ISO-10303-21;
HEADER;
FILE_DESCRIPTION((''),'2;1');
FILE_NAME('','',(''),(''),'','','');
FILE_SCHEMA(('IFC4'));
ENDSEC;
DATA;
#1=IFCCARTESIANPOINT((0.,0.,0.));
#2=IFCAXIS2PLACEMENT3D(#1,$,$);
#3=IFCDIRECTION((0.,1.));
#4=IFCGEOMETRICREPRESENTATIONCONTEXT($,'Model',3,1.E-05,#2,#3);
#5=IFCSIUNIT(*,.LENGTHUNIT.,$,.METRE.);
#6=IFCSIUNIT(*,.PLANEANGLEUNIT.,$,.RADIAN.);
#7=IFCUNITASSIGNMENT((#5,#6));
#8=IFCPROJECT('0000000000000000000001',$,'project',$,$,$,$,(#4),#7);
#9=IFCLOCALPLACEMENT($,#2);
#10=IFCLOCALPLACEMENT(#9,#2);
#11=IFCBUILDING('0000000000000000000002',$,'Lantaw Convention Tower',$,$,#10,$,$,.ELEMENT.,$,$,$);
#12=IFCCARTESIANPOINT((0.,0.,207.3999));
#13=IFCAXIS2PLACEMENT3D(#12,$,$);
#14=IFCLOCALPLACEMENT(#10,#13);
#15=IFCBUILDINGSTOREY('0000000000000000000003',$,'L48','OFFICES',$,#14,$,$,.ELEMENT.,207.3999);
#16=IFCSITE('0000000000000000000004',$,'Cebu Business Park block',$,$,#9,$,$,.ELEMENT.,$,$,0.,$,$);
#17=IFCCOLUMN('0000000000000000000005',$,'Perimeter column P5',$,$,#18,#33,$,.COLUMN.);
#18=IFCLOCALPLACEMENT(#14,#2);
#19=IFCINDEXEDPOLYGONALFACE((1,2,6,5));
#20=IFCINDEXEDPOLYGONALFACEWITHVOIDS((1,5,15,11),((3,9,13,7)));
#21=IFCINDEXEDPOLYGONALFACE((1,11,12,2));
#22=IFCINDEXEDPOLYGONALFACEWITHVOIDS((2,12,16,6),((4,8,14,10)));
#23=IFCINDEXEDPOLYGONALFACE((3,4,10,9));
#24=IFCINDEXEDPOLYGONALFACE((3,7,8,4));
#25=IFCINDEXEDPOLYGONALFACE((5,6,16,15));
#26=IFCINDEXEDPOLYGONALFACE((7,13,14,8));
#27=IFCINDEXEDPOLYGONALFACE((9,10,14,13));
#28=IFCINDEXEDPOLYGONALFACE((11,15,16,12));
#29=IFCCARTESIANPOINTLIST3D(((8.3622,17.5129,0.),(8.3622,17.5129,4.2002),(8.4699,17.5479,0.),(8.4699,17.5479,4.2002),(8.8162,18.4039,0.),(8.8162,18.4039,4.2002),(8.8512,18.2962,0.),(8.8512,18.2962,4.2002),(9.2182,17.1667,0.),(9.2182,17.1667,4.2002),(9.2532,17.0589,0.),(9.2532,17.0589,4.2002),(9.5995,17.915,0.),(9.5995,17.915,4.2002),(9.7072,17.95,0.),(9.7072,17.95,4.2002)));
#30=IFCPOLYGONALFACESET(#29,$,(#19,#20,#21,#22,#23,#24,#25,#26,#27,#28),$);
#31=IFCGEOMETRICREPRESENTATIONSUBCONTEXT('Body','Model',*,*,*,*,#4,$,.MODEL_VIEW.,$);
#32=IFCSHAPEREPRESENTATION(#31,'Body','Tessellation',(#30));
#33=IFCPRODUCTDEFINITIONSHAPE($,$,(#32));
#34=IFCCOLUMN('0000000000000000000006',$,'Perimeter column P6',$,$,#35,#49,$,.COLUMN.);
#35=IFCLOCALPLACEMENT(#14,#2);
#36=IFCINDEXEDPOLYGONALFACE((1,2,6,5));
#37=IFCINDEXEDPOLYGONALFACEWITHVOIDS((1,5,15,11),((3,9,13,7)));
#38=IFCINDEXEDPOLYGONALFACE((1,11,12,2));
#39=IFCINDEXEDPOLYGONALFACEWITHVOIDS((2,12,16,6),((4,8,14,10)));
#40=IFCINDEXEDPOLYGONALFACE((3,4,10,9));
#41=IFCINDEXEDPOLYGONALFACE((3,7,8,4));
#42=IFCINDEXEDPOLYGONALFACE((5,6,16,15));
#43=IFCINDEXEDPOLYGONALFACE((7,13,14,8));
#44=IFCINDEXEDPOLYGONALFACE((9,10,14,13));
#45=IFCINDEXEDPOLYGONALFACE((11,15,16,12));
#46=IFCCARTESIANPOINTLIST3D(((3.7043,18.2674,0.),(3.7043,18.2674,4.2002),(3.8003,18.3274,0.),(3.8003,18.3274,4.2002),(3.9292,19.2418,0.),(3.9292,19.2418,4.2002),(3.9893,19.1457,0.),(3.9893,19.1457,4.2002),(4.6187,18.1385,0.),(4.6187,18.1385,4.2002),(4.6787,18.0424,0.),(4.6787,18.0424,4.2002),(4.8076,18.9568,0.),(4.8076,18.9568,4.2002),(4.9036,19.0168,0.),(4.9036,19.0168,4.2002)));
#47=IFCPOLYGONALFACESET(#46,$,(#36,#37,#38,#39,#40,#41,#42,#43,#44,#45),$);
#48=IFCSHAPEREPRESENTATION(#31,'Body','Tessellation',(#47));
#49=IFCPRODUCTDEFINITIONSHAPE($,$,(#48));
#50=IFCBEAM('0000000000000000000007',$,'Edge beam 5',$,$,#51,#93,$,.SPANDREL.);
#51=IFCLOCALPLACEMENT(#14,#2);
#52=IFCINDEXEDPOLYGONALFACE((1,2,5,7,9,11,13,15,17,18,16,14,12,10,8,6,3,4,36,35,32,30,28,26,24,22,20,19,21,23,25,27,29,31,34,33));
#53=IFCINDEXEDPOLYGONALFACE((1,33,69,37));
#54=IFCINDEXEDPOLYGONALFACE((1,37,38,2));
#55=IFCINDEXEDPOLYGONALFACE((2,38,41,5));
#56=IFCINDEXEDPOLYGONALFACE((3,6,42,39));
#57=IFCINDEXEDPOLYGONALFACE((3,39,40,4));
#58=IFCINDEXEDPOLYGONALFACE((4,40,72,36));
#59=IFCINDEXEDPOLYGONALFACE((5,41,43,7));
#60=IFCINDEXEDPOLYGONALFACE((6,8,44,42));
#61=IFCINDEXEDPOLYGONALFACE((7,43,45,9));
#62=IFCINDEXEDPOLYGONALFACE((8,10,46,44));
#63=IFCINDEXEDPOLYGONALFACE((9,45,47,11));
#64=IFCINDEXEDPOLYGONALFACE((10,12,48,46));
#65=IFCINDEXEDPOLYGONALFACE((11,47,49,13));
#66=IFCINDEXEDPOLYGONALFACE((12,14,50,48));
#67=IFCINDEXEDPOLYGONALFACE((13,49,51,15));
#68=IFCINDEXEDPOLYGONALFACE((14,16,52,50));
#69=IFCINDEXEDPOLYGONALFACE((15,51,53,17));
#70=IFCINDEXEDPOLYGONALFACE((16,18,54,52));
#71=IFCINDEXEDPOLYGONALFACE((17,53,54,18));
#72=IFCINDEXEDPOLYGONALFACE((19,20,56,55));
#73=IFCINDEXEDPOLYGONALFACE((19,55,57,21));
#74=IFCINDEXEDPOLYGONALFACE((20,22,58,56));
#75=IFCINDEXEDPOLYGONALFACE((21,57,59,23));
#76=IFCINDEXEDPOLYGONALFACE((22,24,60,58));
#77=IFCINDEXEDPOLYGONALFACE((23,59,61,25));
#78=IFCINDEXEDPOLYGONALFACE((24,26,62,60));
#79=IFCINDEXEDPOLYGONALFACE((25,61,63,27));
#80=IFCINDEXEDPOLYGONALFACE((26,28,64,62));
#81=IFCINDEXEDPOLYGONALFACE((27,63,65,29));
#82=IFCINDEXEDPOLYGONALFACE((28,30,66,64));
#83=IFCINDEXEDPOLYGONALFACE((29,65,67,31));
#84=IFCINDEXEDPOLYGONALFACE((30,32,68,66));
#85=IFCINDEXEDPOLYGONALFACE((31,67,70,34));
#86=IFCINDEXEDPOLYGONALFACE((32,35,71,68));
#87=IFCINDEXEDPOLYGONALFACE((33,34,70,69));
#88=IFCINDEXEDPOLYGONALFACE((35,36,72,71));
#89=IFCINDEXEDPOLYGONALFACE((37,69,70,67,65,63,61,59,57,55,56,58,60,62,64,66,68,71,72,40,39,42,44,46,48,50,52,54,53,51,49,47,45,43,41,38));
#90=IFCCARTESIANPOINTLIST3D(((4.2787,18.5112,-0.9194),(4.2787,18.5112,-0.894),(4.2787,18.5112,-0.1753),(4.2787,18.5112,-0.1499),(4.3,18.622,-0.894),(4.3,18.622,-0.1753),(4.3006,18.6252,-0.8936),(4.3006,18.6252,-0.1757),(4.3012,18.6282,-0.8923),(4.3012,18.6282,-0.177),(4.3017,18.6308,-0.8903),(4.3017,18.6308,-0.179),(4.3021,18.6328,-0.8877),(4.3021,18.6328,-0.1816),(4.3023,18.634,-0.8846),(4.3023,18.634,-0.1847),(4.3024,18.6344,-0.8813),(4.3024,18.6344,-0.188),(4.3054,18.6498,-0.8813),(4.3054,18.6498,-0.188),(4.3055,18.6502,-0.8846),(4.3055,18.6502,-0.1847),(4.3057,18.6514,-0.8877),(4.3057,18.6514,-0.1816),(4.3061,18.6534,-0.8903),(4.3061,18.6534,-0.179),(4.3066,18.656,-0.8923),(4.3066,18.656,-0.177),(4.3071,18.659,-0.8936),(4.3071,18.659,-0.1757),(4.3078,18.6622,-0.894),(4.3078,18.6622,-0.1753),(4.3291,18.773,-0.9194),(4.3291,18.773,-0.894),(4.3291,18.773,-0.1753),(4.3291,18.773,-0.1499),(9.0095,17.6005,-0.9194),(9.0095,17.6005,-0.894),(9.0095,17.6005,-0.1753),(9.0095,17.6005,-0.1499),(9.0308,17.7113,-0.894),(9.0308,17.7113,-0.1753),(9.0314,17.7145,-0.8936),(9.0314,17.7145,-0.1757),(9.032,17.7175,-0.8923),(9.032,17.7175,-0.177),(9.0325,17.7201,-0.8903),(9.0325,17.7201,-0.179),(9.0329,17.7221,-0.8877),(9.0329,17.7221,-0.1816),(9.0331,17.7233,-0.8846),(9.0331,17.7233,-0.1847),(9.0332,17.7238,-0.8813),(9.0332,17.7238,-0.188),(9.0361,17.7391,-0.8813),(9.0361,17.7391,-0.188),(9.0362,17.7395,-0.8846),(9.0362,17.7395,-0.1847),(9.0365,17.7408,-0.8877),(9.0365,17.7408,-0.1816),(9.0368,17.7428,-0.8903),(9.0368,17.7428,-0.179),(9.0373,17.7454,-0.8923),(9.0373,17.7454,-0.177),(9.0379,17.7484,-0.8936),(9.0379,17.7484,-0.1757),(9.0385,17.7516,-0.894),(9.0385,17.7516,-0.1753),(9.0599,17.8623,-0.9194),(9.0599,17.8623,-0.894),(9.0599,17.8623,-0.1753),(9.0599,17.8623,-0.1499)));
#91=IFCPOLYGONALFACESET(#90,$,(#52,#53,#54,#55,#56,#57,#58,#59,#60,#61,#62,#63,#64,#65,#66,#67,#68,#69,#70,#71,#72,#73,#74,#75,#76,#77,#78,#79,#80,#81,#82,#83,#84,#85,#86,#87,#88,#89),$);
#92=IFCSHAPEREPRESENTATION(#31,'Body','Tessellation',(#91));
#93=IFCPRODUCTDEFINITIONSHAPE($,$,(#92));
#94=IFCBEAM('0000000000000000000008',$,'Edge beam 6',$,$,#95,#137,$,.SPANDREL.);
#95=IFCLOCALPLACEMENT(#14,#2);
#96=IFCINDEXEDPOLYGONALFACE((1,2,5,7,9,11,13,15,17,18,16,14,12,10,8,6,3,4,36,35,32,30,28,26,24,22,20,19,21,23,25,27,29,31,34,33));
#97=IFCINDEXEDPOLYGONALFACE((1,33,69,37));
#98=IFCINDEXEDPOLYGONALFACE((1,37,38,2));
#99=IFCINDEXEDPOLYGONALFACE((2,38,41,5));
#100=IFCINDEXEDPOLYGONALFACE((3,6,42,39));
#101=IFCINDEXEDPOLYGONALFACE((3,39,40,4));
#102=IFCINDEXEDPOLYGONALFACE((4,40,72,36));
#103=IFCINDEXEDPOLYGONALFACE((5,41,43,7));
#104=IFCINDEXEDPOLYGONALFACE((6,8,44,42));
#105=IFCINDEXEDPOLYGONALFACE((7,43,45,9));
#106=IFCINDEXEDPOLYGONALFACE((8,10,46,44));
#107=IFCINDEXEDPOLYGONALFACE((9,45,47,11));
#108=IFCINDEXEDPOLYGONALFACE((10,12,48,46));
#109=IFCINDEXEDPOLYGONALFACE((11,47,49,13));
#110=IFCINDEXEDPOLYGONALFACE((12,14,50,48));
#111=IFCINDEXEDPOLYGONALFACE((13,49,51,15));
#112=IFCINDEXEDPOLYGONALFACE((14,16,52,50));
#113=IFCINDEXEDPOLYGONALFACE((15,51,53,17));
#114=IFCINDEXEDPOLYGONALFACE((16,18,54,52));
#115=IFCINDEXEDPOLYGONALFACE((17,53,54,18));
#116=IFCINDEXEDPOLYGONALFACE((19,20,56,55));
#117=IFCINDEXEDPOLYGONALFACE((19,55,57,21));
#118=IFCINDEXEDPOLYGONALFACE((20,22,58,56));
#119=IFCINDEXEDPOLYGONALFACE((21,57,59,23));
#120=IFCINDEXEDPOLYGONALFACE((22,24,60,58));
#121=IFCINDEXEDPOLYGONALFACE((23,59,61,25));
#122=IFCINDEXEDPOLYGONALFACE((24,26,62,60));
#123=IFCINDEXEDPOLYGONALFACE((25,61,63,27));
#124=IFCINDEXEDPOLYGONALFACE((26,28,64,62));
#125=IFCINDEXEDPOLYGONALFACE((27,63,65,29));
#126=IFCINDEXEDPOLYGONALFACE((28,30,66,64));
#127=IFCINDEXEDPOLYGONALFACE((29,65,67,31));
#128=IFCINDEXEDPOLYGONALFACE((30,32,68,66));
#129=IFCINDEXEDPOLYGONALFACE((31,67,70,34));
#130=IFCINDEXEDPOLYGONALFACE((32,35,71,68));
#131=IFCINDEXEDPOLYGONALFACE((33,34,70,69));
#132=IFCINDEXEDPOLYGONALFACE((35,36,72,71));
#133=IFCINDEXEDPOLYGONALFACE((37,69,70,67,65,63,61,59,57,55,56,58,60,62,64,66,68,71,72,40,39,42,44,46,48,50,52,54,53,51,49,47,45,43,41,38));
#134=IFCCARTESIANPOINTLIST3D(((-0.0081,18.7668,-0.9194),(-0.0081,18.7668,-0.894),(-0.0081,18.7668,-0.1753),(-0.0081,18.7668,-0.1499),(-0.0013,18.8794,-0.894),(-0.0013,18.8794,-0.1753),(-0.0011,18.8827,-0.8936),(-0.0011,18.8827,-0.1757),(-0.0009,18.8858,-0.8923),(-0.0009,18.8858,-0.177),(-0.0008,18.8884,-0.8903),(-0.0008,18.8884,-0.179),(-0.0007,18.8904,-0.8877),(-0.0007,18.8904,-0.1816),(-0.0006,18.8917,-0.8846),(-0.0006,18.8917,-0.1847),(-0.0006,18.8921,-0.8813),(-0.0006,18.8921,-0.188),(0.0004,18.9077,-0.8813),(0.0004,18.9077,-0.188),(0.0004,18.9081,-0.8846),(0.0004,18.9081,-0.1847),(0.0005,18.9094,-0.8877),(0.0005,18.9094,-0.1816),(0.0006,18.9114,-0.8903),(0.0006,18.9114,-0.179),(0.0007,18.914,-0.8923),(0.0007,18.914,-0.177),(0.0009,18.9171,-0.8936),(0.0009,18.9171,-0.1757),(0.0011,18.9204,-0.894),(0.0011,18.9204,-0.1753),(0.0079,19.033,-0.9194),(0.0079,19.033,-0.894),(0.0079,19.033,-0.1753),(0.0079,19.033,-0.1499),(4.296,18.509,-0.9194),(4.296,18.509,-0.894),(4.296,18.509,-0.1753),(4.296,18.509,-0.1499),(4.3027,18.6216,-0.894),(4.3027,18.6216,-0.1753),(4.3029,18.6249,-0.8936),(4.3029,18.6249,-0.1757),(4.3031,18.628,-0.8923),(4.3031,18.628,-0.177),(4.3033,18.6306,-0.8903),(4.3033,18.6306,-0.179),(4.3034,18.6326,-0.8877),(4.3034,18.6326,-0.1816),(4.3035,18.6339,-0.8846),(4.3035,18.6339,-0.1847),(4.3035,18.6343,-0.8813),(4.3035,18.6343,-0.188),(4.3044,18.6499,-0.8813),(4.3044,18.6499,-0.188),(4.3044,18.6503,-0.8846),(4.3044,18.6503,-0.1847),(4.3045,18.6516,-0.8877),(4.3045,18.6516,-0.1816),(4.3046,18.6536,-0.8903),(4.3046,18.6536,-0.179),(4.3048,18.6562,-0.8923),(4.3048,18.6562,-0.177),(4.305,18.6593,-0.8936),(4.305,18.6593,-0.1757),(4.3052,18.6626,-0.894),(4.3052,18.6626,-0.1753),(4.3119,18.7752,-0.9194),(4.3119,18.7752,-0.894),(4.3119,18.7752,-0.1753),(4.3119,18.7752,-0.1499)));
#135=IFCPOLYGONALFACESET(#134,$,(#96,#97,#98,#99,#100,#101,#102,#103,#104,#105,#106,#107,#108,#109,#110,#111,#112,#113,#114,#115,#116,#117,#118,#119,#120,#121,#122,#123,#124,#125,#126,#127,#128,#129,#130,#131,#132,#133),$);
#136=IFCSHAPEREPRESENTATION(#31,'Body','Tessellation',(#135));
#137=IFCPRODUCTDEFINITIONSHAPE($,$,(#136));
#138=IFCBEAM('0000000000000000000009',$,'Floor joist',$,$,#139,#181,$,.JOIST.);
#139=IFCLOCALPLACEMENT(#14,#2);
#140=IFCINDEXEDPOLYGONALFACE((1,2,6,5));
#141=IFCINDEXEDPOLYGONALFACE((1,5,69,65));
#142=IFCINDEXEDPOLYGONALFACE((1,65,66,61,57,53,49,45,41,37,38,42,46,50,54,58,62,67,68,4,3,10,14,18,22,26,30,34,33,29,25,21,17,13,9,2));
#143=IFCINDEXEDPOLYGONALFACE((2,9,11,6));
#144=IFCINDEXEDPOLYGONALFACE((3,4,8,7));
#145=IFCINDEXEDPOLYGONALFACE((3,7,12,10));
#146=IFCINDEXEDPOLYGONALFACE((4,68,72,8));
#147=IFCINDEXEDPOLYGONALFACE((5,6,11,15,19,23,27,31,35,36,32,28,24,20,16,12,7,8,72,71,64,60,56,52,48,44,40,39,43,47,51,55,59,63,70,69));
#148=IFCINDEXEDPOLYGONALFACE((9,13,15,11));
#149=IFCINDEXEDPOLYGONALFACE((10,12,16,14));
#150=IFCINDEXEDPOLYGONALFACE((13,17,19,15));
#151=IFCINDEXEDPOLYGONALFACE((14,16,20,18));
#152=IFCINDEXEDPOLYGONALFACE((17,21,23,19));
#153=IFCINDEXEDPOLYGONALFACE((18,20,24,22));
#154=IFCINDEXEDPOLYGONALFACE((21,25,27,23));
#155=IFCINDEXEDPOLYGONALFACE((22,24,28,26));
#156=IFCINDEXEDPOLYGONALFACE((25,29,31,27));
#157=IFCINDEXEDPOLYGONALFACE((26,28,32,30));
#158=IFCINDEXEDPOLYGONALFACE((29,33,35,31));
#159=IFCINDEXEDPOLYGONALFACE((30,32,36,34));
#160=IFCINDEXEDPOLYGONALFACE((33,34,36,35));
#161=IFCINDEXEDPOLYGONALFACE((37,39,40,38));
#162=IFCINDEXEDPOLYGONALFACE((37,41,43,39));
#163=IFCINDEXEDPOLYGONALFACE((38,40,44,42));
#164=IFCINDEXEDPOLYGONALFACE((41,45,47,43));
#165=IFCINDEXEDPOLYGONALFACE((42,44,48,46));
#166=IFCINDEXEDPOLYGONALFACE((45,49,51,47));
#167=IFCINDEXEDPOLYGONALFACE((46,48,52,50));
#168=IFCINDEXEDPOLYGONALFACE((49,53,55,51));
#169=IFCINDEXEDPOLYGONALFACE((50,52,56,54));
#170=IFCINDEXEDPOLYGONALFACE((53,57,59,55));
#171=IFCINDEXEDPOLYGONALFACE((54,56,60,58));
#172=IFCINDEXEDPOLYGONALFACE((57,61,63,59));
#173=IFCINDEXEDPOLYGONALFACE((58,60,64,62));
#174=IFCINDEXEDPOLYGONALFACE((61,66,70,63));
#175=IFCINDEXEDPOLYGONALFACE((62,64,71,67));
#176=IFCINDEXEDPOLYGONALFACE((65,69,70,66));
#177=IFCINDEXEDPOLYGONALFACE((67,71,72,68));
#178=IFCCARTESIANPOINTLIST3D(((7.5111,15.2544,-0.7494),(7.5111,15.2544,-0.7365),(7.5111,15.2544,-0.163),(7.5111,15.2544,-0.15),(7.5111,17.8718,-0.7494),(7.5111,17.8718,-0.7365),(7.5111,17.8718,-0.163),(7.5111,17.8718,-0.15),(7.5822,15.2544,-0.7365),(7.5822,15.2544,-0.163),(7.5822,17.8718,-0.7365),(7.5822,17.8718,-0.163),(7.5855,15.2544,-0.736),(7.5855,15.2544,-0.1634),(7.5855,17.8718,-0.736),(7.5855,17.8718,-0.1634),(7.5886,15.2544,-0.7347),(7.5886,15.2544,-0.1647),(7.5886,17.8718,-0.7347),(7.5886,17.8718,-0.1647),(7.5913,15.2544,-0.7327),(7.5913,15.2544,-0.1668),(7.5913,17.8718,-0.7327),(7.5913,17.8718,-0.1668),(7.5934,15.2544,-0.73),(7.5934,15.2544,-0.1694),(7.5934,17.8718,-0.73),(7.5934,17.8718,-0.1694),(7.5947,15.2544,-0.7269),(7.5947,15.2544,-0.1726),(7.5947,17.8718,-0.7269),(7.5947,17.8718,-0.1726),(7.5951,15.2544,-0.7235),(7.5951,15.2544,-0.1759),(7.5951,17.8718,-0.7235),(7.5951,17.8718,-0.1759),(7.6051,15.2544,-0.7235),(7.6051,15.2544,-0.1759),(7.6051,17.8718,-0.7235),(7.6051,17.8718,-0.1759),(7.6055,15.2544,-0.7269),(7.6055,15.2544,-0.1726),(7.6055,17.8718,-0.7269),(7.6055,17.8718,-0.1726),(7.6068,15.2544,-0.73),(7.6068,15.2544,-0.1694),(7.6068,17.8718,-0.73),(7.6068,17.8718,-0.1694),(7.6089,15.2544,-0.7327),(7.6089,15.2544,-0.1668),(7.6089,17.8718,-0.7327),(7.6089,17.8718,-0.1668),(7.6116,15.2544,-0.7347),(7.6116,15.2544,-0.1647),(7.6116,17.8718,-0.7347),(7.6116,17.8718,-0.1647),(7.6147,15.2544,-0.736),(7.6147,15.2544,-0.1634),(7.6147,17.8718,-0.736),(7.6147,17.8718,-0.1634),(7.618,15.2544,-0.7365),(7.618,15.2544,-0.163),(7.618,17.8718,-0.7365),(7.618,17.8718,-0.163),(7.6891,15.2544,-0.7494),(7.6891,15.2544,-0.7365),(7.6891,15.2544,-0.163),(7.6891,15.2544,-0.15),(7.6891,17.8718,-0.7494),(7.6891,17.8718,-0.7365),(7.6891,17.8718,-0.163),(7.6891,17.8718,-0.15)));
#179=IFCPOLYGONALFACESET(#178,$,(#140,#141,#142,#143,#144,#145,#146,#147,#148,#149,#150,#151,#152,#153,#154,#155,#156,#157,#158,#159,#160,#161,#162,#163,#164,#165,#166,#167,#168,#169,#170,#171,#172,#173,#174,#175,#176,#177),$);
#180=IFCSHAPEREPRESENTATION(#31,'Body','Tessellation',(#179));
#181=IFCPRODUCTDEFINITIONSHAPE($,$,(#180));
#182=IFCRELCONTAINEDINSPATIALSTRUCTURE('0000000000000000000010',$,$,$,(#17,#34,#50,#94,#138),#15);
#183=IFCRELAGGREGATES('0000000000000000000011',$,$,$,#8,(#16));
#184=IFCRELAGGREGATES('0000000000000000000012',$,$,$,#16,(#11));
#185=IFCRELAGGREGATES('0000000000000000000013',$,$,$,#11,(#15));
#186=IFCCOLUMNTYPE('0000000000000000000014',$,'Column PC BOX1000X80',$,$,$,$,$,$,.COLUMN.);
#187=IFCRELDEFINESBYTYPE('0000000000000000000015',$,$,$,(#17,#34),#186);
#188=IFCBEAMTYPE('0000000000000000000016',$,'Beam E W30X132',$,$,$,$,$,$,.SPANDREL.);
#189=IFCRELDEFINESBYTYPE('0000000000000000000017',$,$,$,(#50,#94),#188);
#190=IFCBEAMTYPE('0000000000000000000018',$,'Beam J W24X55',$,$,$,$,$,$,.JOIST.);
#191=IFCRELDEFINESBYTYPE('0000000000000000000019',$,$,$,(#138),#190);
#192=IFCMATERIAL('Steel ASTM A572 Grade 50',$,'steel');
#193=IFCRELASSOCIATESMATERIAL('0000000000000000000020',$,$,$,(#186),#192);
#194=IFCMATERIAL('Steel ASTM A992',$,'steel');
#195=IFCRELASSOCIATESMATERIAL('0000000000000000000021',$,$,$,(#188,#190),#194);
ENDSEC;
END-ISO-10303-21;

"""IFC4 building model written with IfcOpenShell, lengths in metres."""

from ifc_helpers import new_model, si_unit, direction, frame, origin, origin_2d, place, context, subcontext, project, spatial, rectangle, hollow_rectangle, i_section, extrude, material, material_profile, profile_set, type_object, element, save


model = new_model("IFC4")

# Units and contexts
model_context = context("Model", 3, precision=1e-05, world=origin(), true_north=direction((0.0, 1.0)))
body_context = subcontext(model_context, "Body", "Model", "MODEL_VIEW")
ifc_project = project(units=[si_unit("LENGTHUNIT", "METRE"), si_unit("PLANEANGLEUNIT", "RADIAN")], contexts=[model_context])

# Site, building, storey
site_placement = place(None, origin())
site = spatial("IfcSite", under=ifc_project, at=site_placement, Name="Cebu Business Park block", CompositionType="ELEMENT", RefElevation=0.0)
building_placement = place(site_placement, origin())
building = spatial("IfcBuilding", under=site, at=building_placement, Name="Lantaw Convention Tower", CompositionType="ELEMENT")
storey_placement = place(building_placement, frame((0.0, 0.0, 207.3999)))
storey = spatial("IfcBuildingStorey", under=building, at=storey_placement, Name="L48", Description="OFFICES", CompositionType="ELEMENT", Elevation=207.3999)

# Columns
ifc_material_1 = material(Name="Steel ASTM A572 Grade 50", Category="steel")
ifc_material_profile_1 = material_profile(ifc_material_1, hollow_rectangle(XDim=1.0, YDim=1.0, WallThickness=0.0801, at=origin_2d()), Name="BOX1000X80")
ifc_material_2 = material(Name="Concrete C60/75", Category="concrete")
ifc_material_profile_2 = material_profile(ifc_material_2, rectangle(XDim=0.8401, YDim=0.8401, at=origin_2d()), Name="Concrete fill of BOX1000X80")
ifc_profile_set_1 = profile_set([ifc_material_profile_1, ifc_material_profile_2], Name="Steel ASTM A572 Grade 50")
column_type = type_object("IfcColumnType", Name="Column PC BOX1000X80", PredefinedType="COLUMN", material=ifc_profile_set_1)
for number, where, z_axis, x_axis, name in (
    (1, (9.0347, 17.7314, 0.0), (0.0, 0.0, 1.0), (0.45399, 0.891007, 0.0), "Perimeter column P5"),
    (2, (4.304, 18.6421, 0.0), (0.0, 0.0, 1.0), (0.224951, 0.97437, 0.0), "Perimeter column P6"),
):
    element("IfcColumn", number, at=place(storey_placement, frame(where, z_axis=z_axis, x_axis=x_axis)), inside=storey, type_object=column_type, Name=name, PredefinedType="COLUMN", context=body_context, shape_type="SweptSolid", body=[
        extrude(hollow_rectangle(XDim=1.0, YDim=1.0, WallThickness=0.0801, at=origin_2d()), origin(), (0.0, 0.0, 1.0), 4.2002),
    ])

# Beams
ifc_material_3 = material(Name="Steel ASTM A992", Category="steel")
ifc_material_profile_3 = material_profile(ifc_material_3, i_section(OverallWidth=0.2666, OverallDepth=0.7695, WebThickness=0.0156, FlangeThickness=0.0254, FilletRadius=0.0127, at=origin_2d()), Name="W30X132")
ifc_profile_set_2 = profile_set([ifc_material_profile_3], Name="Steel ASTM A992")
beam_type_1 = type_object("IfcBeamType", Name="Beam E W30X132", PredefinedType="SPANDREL", material=ifc_profile_set_2)
beam_1_placement = place(storey_placement, frame((9.0347, 17.7314, -0.5347), z_axis=(-0.981972, 0.189026, 0.0), x_axis=(-0.189026, -0.981972, 0.0)))
element("IfcBeam", 3, at=beam_1_placement, inside=storey, type_object=beam_type_1, Name="Edge beam 5", PredefinedType="SPANDREL", context=body_context, shape_type="SweptSolid", body=[
    extrude(i_section(OverallWidth=0.2666, OverallDepth=0.7695, WebThickness=0.0156, FlangeThickness=0.0254, FilletRadius=0.0127, at=origin_2d()), origin(), (0.0, 0.0, 1.0), 4.8176),
])
beam_2_placement = place(storey_placement, frame((4.304, 18.6421, -0.5347), z_axis=(-0.998211, 0.059794, 0.0), x_axis=(-0.059794, -0.998211, 0.0)))
element("IfcBeam", 4, at=beam_2_placement, inside=storey, type_object=beam_type_1, Name="Edge beam 6", PredefinedType="SPANDREL", context=body_context, shape_type="SweptSolid", body=[
    extrude(i_section(OverallWidth=0.2666, OverallDepth=0.7695, WebThickness=0.0156, FlangeThickness=0.0254, FilletRadius=0.0127, at=origin_2d()), origin(), (0.0, 0.0, 1.0), 4.3118),
])
ifc_material_profile_4 = material_profile(ifc_material_3, i_section(OverallWidth=0.178, OverallDepth=0.5994, WebThickness=0.01, FlangeThickness=0.0129, FilletRadius=0.0129, at=origin_2d()), Name="W24X55")
ifc_profile_set_3 = profile_set([ifc_material_profile_4], Name="Steel ASTM A992")
beam_type_2 = type_object("IfcBeamType", Name="Beam J W24X55", PredefinedType="JOIST", material=ifc_profile_set_3)
beam_3_placement = place(storey_placement, frame((7.6001, 15.2544, -0.4497), z_axis=(0.0, 1.0, 0.0), x_axis=(-1.0, 0.0, 0.0)))
element("IfcBeam", 5, at=beam_3_placement, inside=storey, type_object=beam_type_2, Name="Floor joist", PredefinedType="JOIST", context=body_context, shape_type="SweptSolid", body=[
    extrude(i_section(OverallWidth=0.178, OverallDepth=0.5994, WebThickness=0.01, FlangeThickness=0.0129, FilletRadius=0.0129, at=origin_2d()), origin(), (0.0, 0.0, 1.0), 2.6174),
])

save(model, "model.ifc")
